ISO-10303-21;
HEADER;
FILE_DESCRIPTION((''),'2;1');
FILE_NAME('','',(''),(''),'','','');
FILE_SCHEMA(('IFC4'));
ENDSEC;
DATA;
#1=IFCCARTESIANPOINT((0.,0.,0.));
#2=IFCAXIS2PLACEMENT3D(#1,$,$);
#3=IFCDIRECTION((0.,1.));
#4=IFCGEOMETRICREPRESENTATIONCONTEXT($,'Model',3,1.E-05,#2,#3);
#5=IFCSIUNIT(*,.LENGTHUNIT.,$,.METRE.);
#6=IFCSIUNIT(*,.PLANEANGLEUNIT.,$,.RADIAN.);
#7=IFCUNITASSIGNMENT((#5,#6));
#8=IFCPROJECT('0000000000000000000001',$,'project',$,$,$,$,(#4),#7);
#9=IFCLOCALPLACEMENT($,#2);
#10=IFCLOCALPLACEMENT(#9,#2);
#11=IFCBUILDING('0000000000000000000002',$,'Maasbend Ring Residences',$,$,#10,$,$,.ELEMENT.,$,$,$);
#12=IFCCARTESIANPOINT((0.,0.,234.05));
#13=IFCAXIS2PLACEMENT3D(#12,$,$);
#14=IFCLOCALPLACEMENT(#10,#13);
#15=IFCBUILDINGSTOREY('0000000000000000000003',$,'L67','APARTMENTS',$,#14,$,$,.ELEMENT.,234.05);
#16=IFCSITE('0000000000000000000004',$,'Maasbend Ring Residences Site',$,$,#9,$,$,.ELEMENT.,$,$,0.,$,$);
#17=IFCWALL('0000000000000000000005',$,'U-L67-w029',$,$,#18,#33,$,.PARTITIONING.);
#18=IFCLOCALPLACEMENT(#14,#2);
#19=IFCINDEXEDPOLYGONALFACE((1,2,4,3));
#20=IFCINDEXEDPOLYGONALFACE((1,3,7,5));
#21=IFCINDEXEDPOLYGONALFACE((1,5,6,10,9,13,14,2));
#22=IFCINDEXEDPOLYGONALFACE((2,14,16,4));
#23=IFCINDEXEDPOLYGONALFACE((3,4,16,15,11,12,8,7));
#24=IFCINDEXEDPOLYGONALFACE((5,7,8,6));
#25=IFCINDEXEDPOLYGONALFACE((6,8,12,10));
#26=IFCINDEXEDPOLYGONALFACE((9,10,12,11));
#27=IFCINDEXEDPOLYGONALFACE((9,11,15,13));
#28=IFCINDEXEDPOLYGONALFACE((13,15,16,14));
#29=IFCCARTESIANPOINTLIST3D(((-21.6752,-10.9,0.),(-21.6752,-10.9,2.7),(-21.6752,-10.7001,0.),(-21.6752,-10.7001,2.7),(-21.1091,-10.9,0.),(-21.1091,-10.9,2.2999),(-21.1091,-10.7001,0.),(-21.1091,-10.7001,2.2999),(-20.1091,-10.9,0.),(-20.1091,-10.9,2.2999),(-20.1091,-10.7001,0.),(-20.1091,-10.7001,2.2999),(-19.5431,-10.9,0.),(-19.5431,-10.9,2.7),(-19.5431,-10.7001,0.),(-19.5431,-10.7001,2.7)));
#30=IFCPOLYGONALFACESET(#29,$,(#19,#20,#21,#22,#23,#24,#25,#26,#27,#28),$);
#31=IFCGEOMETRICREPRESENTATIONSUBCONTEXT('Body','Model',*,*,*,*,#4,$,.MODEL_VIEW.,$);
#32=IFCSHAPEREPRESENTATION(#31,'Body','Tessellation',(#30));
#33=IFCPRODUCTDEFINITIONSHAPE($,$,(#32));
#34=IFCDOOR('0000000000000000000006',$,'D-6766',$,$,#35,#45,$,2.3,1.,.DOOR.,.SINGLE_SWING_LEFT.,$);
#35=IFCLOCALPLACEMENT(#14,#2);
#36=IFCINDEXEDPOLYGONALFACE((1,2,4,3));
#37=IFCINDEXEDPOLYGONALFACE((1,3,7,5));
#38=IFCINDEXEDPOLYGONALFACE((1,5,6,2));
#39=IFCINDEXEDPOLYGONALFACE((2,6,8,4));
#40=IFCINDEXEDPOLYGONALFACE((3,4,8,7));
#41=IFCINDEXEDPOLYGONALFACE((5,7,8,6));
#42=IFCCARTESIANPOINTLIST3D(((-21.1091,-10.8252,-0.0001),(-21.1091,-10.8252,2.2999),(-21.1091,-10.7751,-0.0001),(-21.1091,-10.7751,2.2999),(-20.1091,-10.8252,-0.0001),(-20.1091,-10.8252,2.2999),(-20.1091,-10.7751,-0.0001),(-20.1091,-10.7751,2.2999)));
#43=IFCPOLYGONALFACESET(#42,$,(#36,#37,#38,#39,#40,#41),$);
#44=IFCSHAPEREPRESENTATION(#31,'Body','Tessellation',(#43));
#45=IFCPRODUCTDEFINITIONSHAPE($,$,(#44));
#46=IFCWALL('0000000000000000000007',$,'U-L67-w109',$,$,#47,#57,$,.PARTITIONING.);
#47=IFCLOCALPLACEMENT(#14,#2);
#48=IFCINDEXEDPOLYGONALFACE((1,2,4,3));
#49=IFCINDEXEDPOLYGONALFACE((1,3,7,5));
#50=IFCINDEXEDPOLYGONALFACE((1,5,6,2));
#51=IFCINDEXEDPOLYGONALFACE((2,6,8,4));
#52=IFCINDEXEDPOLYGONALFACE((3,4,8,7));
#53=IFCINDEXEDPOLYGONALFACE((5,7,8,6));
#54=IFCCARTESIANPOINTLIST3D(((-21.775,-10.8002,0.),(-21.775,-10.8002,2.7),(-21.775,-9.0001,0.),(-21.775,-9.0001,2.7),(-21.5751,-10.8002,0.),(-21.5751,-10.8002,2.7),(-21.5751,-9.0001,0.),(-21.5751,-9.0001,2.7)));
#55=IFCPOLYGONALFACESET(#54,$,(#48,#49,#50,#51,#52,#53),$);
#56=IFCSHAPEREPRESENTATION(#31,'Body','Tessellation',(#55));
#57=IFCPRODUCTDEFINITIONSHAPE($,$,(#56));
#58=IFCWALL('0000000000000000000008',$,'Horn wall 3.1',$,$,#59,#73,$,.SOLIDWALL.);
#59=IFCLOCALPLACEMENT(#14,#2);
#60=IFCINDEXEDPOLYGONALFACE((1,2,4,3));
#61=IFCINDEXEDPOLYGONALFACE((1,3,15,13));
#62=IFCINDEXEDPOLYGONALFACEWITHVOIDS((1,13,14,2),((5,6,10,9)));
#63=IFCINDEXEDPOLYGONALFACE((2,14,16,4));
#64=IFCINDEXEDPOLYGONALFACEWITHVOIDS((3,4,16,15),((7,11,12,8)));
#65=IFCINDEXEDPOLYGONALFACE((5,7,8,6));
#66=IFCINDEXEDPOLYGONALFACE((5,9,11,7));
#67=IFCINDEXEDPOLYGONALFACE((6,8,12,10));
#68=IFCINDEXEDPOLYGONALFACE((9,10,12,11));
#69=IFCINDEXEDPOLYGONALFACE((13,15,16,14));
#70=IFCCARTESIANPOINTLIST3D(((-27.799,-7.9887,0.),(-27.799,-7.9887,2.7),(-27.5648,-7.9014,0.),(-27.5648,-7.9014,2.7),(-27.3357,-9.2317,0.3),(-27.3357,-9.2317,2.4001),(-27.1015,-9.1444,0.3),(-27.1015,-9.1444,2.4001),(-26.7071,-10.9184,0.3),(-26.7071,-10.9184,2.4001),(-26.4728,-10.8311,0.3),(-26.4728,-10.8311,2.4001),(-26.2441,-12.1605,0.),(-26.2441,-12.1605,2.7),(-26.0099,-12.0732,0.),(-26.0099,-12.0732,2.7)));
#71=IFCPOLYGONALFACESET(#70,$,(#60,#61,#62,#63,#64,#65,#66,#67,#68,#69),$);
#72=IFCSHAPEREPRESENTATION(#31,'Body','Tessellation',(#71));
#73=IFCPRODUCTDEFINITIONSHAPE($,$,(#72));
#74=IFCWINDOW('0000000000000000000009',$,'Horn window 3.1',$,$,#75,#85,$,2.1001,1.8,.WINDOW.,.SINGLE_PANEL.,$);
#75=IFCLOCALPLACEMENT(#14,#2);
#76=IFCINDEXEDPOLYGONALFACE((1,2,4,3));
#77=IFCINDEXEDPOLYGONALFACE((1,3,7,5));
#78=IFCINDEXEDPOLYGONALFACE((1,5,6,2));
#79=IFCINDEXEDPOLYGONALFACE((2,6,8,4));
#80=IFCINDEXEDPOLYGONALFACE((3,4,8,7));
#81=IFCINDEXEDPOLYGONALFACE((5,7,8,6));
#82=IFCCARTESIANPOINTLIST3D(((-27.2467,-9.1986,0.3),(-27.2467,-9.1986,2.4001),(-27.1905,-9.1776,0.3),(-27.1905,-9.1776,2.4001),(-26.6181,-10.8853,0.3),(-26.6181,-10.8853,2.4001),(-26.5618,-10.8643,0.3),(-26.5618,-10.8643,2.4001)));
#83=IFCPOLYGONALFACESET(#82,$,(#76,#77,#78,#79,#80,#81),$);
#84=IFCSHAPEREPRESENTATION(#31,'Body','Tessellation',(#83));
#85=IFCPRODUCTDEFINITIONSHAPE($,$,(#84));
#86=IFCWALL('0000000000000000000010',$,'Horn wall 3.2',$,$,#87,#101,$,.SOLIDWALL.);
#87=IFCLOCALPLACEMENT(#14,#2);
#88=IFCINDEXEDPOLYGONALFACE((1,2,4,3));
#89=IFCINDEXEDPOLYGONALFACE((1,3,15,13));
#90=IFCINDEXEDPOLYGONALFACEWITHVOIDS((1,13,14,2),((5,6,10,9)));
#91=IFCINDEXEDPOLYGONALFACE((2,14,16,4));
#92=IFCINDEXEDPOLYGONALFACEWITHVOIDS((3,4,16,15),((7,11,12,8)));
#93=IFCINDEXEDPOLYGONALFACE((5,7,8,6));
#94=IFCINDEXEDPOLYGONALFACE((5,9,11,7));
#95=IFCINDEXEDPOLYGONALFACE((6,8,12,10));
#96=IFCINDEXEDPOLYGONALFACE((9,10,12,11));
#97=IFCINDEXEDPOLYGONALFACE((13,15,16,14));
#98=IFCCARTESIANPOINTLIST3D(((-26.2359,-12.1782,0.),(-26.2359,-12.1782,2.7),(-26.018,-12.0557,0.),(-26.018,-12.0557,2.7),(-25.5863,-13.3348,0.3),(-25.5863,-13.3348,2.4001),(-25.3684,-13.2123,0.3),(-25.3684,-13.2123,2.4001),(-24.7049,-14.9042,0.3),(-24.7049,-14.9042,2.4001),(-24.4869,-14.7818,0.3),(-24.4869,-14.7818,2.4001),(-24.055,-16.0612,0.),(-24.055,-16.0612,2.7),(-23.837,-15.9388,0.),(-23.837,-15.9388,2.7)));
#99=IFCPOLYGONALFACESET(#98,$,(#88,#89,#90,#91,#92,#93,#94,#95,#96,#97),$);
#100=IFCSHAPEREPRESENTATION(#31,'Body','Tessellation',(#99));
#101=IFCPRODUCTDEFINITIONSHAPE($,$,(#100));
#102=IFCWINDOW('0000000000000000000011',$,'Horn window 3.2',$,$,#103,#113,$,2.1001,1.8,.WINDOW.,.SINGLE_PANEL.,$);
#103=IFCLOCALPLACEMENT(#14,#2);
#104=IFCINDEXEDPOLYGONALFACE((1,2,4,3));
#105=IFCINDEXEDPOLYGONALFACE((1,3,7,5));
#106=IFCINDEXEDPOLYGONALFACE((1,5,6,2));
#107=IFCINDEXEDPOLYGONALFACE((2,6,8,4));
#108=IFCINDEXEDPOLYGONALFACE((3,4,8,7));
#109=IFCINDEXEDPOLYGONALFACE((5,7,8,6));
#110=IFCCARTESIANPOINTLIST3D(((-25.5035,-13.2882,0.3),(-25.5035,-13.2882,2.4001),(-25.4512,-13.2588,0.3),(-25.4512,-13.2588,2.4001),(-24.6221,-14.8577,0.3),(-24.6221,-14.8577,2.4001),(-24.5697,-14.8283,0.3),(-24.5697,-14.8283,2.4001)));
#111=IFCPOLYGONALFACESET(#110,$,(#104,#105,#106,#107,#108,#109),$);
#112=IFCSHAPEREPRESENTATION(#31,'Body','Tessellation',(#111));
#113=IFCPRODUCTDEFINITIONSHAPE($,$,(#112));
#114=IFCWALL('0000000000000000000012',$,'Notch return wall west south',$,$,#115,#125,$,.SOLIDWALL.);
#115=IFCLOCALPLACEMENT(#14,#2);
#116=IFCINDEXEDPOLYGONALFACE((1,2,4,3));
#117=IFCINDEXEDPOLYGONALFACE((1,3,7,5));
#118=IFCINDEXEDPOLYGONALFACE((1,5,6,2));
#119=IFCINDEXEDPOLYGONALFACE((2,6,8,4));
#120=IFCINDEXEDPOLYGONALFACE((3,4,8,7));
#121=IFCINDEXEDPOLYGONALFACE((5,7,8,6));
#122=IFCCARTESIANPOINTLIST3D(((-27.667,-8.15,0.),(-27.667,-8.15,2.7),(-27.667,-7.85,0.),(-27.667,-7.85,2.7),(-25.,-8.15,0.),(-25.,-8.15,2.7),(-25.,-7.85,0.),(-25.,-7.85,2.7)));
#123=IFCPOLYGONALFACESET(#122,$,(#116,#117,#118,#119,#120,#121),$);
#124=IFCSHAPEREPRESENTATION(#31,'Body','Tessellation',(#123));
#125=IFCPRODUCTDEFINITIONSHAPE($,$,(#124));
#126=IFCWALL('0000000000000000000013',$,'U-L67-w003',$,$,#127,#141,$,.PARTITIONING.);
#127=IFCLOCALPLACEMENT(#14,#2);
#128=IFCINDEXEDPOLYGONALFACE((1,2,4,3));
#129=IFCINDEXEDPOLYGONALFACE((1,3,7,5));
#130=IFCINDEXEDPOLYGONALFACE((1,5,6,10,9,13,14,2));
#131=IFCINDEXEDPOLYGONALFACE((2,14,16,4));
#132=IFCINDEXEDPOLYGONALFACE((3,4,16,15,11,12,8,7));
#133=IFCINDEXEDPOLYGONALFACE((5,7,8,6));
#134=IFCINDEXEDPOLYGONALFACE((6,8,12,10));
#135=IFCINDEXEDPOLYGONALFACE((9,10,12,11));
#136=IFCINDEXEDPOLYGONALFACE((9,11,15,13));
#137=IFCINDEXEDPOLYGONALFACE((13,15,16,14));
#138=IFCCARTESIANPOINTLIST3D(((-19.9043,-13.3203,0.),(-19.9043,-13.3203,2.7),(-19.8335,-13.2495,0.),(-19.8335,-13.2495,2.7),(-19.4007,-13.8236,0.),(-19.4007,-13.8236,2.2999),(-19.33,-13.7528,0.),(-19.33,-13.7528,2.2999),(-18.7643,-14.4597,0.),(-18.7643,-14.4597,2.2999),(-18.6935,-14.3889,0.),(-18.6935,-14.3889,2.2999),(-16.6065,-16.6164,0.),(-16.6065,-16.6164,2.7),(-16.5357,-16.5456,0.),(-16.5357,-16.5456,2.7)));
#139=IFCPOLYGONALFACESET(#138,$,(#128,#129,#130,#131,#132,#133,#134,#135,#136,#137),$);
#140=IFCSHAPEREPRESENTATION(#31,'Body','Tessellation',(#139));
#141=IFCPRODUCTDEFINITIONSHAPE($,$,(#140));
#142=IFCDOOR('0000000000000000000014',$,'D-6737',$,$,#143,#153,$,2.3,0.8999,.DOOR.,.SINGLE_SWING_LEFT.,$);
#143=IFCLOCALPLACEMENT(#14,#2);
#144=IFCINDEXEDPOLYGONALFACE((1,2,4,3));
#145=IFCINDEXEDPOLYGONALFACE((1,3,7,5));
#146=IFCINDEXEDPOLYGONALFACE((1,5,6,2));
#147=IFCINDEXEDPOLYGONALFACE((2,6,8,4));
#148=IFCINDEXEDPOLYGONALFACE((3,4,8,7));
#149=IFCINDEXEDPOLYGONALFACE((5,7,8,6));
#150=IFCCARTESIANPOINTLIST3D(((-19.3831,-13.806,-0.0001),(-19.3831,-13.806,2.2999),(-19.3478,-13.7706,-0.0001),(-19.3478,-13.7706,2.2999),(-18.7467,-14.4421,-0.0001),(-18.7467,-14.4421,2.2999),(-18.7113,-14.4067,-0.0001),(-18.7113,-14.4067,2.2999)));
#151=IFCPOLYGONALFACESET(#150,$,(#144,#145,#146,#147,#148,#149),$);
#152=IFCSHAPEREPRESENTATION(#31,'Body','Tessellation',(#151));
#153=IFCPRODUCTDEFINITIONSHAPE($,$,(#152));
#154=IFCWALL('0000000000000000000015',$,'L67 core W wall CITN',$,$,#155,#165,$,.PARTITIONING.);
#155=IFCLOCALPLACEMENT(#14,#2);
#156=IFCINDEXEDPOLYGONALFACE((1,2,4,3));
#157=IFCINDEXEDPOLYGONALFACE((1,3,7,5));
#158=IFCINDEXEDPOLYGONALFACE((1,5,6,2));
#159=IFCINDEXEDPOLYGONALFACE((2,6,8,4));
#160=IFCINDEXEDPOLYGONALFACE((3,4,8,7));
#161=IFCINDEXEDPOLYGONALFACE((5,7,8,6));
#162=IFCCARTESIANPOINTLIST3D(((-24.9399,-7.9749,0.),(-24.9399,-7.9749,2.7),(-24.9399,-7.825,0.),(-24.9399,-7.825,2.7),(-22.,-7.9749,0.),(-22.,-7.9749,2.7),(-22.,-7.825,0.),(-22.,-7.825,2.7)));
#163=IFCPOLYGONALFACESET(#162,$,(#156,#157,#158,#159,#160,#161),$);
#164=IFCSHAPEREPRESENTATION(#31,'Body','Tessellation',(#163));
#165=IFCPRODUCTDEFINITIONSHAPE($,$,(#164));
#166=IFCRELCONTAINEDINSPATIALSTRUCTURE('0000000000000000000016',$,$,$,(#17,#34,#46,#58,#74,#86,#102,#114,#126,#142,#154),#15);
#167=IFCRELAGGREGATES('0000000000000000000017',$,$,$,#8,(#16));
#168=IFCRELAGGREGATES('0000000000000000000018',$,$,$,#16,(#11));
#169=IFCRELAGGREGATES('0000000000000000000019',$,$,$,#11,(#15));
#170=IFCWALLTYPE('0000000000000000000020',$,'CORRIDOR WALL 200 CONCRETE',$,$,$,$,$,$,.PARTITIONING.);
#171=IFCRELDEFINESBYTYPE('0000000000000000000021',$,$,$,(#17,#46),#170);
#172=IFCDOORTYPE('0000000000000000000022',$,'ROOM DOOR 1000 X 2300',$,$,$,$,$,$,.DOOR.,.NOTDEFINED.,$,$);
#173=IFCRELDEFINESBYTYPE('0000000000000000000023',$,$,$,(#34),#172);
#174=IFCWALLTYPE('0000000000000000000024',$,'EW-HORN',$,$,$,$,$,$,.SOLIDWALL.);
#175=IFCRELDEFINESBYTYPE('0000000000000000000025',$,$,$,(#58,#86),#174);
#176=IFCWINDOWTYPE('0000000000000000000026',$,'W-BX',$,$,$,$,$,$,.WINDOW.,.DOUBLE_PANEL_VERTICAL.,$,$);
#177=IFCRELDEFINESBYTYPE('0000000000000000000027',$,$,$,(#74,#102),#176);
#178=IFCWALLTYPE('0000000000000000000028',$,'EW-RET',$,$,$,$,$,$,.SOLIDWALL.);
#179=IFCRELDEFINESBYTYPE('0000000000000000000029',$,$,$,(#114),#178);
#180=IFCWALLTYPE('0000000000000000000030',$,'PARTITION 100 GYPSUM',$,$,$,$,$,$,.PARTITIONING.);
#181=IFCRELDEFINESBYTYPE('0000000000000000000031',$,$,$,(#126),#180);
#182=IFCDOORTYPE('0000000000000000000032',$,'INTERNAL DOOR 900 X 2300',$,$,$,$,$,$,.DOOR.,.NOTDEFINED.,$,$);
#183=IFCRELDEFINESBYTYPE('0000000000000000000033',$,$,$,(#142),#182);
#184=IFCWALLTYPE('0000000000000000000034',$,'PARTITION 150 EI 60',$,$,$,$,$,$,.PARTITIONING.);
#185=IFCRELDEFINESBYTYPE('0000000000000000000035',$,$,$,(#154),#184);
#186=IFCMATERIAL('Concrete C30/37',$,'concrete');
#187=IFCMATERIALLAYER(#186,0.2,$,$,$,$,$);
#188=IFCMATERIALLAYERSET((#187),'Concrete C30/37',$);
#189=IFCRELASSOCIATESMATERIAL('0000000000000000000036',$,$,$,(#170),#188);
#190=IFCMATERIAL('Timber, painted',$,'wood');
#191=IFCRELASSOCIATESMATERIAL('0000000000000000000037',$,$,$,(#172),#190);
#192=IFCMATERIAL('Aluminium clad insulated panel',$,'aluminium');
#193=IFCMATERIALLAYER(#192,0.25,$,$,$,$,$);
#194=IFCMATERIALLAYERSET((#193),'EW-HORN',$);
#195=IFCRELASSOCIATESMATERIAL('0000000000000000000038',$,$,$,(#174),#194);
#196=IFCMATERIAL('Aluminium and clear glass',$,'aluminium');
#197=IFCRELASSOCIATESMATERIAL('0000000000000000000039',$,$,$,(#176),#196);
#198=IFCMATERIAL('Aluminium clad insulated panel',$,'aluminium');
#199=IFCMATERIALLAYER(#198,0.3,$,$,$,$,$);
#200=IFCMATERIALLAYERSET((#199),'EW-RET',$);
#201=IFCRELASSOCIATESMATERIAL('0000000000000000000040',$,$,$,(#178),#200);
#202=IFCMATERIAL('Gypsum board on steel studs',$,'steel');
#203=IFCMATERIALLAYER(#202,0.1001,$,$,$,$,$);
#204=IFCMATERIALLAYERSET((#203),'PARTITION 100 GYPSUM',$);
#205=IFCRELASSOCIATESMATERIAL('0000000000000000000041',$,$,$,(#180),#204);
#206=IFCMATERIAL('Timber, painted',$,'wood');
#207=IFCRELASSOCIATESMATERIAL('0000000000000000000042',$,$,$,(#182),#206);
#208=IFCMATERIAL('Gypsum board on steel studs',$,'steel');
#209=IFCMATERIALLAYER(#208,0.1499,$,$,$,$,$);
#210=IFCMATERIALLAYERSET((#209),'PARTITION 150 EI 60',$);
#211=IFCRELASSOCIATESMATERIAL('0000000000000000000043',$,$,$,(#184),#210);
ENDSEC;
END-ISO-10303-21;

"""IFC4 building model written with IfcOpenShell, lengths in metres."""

from ifc_helpers import new_model, si_unit, direction, frame, frame_2d, origin, place, context, subcontext, project, spatial, rectangle, extrude, material, layer, layer_set, type_object, element, fill, save


model = new_model("IFC4")

# Units and contexts
model_context = context("Model", 3, precision=1e-05, world=origin(), true_north=direction((0.0, 1.0)))
body_context = subcontext(model_context, "Body", "Model", "MODEL_VIEW")
ifc_project = project(units=[si_unit("LENGTHUNIT", "METRE"), si_unit("PLANEANGLEUNIT", "RADIAN")], contexts=[model_context])

# Site, building, storey
site_placement = place(None, origin())
site = spatial("IfcSite", under=ifc_project, at=site_placement, Name="Maasbend Ring Residences Site", CompositionType="ELEMENT", RefElevation=0.0)
building_placement = place(site_placement, origin())
building = spatial("IfcBuilding", under=site, at=building_placement, Name="Maasbend Ring Residences", CompositionType="ELEMENT")
storey_placement = place(building_placement, frame((0.0, 0.0, 234.05)))
storey = spatial("IfcBuildingStorey", under=building, at=storey_placement, Name="L67", Description="APARTMENTS", CompositionType="ELEMENT", Elevation=234.05)

# Shared definitions
ifc_material_1 = material(Name="Concrete C30/37", Category="concrete")
ifc_layer_1 = layer(ifc_material_1, 0.2)
ifc_layer_set_1 = layer_set([ifc_layer_1], Name="Concrete C30/37")
wall_type_1 = type_object("IfcWallType", Name="CORRIDOR WALL 200 CONCRETE", PredefinedType="PARTITIONING", material=ifc_layer_set_1)

# Wall, opening, door
wall_1_placement = place(storey_placement, frame((-21.675, -10.8, 0.0), z_axis=(0.0, 0.0, 1.0), x_axis=(1.0, 0.0, 0.0)))
wall_1 = element("IfcWall", 1, at=wall_1_placement, inside=storey, type_object=wall_type_1, Name="U-L67-w029", PredefinedType="PARTITIONING", context=body_context, shape_type="SweptSolid", body=[
    extrude(rectangle(XDim=2.1321, YDim=0.2, at=frame_2d((1.0659, 0.0))), origin(), (0.0, 0.0, 1.0), 2.7),
])
opening_1_placement = place(wall_1_placement, frame((0.5659, 0.0, 0.0)))
opening_1 = element("IfcOpeningElement", 2, at=opening_1_placement, cuts=wall_1, PredefinedType="OPENING", context=body_context, shape_type="SweptSolid", body=[
    extrude(rectangle(XDim=1.0, YDim=2.3, at=frame_2d((0.5, 1.1499))), frame((0.0, 0.1099, 0.0), z_axis=(0.0, -1.0, 0.0), x_axis=(1.0, 0.0, 0.0)), (0.0, 0.0, 1.0), 0.22),
])
ifc_material_2 = material(Name="Timber, painted", Category="wood")
door_type_1 = type_object("IfcDoorType", Name="ROOM DOOR 1000 X 2300", OperationType="NOTDEFINED", PredefinedType="DOOR", material=ifc_material_2)
door_1_placement = place(opening_1_placement, origin())
door_1 = element("IfcDoor", 3, at=door_1_placement, inside=storey, type_object=door_type_1, Name="D-6766", OperationType="SINGLE_SWING_LEFT", OverallHeight=2.3, OverallWidth=1.0, PredefinedType="DOOR", context=body_context, shape_type="SweptSolid", body=[
    extrude(rectangle(XDim=1.0, YDim=2.3, at=frame_2d((0.5, 1.1499))), frame((0.0, 0.0249, 0.0), z_axis=(0.0, -1.0, 0.0), x_axis=(1.0, 0.0, 0.0)), (0.0, 0.0, 1.0), 0.05),
])
fill(opening_1, door_1)

# Wall
wall_2_placement = place(storey_placement, frame((-21.675, -10.8, 0.0), z_axis=(0.0, 0.0, 1.0), x_axis=(0.0, 1.0, 0.0)))
element("IfcWall", 4, at=wall_2_placement, inside=storey, type_object=wall_type_1, Name="U-L67-w109", PredefinedType="PARTITIONING", context=body_context, shape_type="SweptSolid", body=[
    extrude(rectangle(XDim=1.8, YDim=0.2, at=frame_2d((0.8999, 0.0))), origin(), (0.0, 0.0, 1.0), 2.7),
])

# Walls, openings, windows
ifc_material_3 = material(Name="Aluminium clad insulated panel", Category="aluminium")
ifc_layer_2 = layer(ifc_material_3, 0.25)
ifc_layer_set_2 = layer_set([ifc_layer_2], Name="EW-HORN")
wall_type_2 = type_object("IfcWallType", Name="EW-HORN", PredefinedType="SOLIDWALL", material=ifc_layer_set_2)
wall_3_placement = place(storey_placement, frame((-27.6819, -7.9451, 0.0), z_axis=(0.0, 0.0, 1.0), x_axis=(0.349248, -0.93703, 0.0)))
wall_3 = element("IfcWall", 5, at=wall_3_placement, inside=storey, type_object=wall_type_2, Name="Horn wall 3.1", PredefinedType="SOLIDWALL", context=body_context, shape_type="SweptSolid", body=[
    extrude(rectangle(XDim=4.4521, YDim=0.25, at=frame_2d((2.2261, 0.0))), origin(), (0.0, 0.0, 1.0), 2.7),
])
opening_2_placement = place(wall_3_placement, frame((1.3267, 0.0, 0.3)))
opening_2 = element("IfcOpeningElement", 6, at=opening_2_placement, cuts=wall_3, PredefinedType="OPENING", context=body_context, shape_type="SweptSolid", body=[
    extrude(rectangle(XDim=1.8, YDim=2.1001, at=frame_2d((0.8999, 1.05))), frame((0.0, 0.135, 0.0), z_axis=(0.0, -1.0, 0.0), x_axis=(1.0, 0.0, 0.0)), (0.0, 0.0, 1.0), 0.27),
])
ifc_material_4 = material(Name="Aluminium and clear glass", Category="aluminium")
window_type = type_object("IfcWindowType", Name="W-BX", PartitioningType="DOUBLE_PANEL_VERTICAL", PredefinedType="WINDOW", material=ifc_material_4)
window_1_placement = place(opening_2_placement, origin())
window_1 = element("IfcWindow", 7, at=window_1_placement, inside=storey, type_object=window_type, Name="Horn window 3.1", OverallHeight=2.1001, OverallWidth=1.8, PartitioningType="SINGLE_PANEL", PredefinedType="WINDOW", context=body_context, shape_type="SweptSolid", body=[
    extrude(rectangle(XDim=1.8, YDim=2.1001, at=frame_2d((0.8999, 1.05))), frame((0.0, 0.03, 0.0), z_axis=(0.0, -1.0, 0.0), x_axis=(1.0, 0.0, 0.0)), (0.0, 0.0, 1.0), 0.0601),
])
fill(opening_2, window_1)
wall_4_placement = place(storey_placement, frame((-26.127, -12.1169, 0.0), z_axis=(0.0, 0.0, 1.0), x_axis=(0.489696, -0.871893, 0.0)))
wall_4 = element("IfcWall", 8, at=wall_4_placement, inside=storey, type_object=wall_type_2, Name="Horn wall 3.2", PredefinedType="SOLIDWALL", context=body_context, shape_type="SweptSolid", body=[
    extrude(rectangle(XDim=4.4536, YDim=0.25, at=frame_2d((2.2268, 0.0))), origin(), (0.0, 0.0, 1.0), 2.7),
])
opening_3_placement = place(wall_4_placement, frame((1.3267, 0.0, 0.3)))
opening_3 = element("IfcOpeningElement", 9, at=opening_3_placement, cuts=wall_4, PredefinedType="OPENING", context=body_context, shape_type="SweptSolid", body=[
    extrude(rectangle(XDim=1.8, YDim=2.1001, at=frame_2d((0.8999, 1.05))), frame((0.0, 0.135, 0.0), z_axis=(0.0, -1.0, 0.0), x_axis=(1.0, 0.0, 0.0)), (0.0, 0.0, 1.0), 0.27),
])
window_2_placement = place(opening_3_placement, origin())
window_2 = element("IfcWindow", 10, at=window_2_placement, inside=storey, type_object=window_type, Name="Horn window 3.2", OverallHeight=2.1001, OverallWidth=1.8, PartitioningType="SINGLE_PANEL", PredefinedType="WINDOW", context=body_context, shape_type="SweptSolid", body=[
    extrude(rectangle(XDim=1.8, YDim=2.1001, at=frame_2d((0.8999, 1.05))), frame((0.0, 0.03, 0.0), z_axis=(0.0, -1.0, 0.0), x_axis=(1.0, 0.0, 0.0)), (0.0, 0.0, 1.0), 0.0601),
])
fill(opening_3, window_2)

# Wall
ifc_material_5 = material(Name="Aluminium clad insulated panel", Category="aluminium")
ifc_layer_3 = layer(ifc_material_5, 0.3)
ifc_layer_set_3 = layer_set([ifc_layer_3], Name="EW-RET")
wall_type_3 = type_object("IfcWallType", Name="EW-RET", PredefinedType="SOLIDWALL", material=ifc_layer_set_3)
wall_5_placement = place(storey_placement, frame((-25.0, -8.0, 0.0), z_axis=(0.0, 0.0, 1.0), x_axis=(-1.0, 0.0, 0.0)))
element("IfcWall", 11, at=wall_5_placement, inside=storey, type_object=wall_type_3, Name="Notch return wall west south", PredefinedType="SOLIDWALL", context=body_context, shape_type="SweptSolid", body=[
    extrude(rectangle(XDim=2.667, YDim=0.3, at=frame_2d((1.3335, 0.0))), origin(), (0.0, 0.0, 1.0), 2.7),
])

# Wall, opening, door
ifc_material_6 = material(Name="Gypsum board on steel studs", Category="steel")
ifc_layer_4 = layer(ifc_material_6, 0.1001)
ifc_layer_set_4 = layer_set([ifc_layer_4], Name="PARTITION 100 GYPSUM")
wall_type_4 = type_object("IfcWallType", Name="PARTITION 100 GYPSUM", PredefinedType="PARTITIONING", material=ifc_layer_set_4)
wall_6_placement = place(storey_placement, frame((-19.8689, -13.2849, 0.0), z_axis=(0.0, 0.0, 1.0), x_axis=(0.70729, -0.706923, 0.0)))
wall_6 = element("IfcWall", 12, at=wall_6_placement, inside=storey, type_object=wall_type_4, Name="U-L67-w003", PredefinedType="PARTITIONING", context=body_context, shape_type="SweptSolid", body=[
    extrude(rectangle(XDim=4.6626, YDim=0.1001, at=frame_2d((2.3313, 0.0))), origin(), (0.0, 0.0, 1.0), 2.7),
])
opening_4_placement = place(wall_6_placement, frame((0.7119, 0.0, 0.0)))
opening_4 = element("IfcOpeningElement", 13, at=opening_4_placement, cuts=wall_6, PredefinedType="OPENING", context=body_context, shape_type="SweptSolid", body=[
    extrude(rectangle(XDim=0.8999, YDim=2.3, at=frame_2d((0.45, 1.1499))), frame((0.0, 0.0601, 0.0), z_axis=(0.0, -1.0, 0.0), x_axis=(1.0, 0.0, 0.0)), (0.0, 0.0, 1.0), 0.1201),
])
ifc_material_7 = material(Name="Timber, painted", Category="wood")
door_type_2 = type_object("IfcDoorType", Name="INTERNAL DOOR 900 X 2300", OperationType="NOTDEFINED", PredefinedType="DOOR", material=ifc_material_7)
door_2_placement = place(opening_4_placement, origin())
door_2 = element("IfcDoor", 14, at=door_2_placement, inside=storey, type_object=door_type_2, Name="D-6737", OperationType="SINGLE_SWING_LEFT", OverallHeight=2.3, OverallWidth=0.8999, PredefinedType="DOOR", context=body_context, shape_type="SweptSolid", body=[
    extrude(rectangle(XDim=0.8999, YDim=2.3, at=frame_2d((0.45, 1.1499))), frame((0.0, 0.0249, 0.0), z_axis=(0.0, -1.0, 0.0), x_axis=(1.0, 0.0, 0.0)), (0.0, 0.0, 1.0), 0.05),
])
fill(opening_4, door_2)

# Wall
ifc_material_8 = material(Name="Gypsum board on steel studs", Category="steel")
ifc_layer_5 = layer(ifc_material_8, 0.1499)
ifc_layer_set_5 = layer_set([ifc_layer_5], Name="PARTITION 150 EI 60")
wall_type_5 = type_object("IfcWallType", Name="PARTITION 150 EI 60", PredefinedType="PARTITIONING", material=ifc_layer_set_5)
wall_7_placement = place(storey_placement, frame((-22.0, -7.8999, 0.0), z_axis=(0.0, 0.0, 1.0), x_axis=(-1.0, 0.0, 0.0)))
element("IfcWall", 15, at=wall_7_placement, inside=storey, type_object=wall_type_5, Name="L67 core W wall CITN", PredefinedType="PARTITIONING", context=body_context, shape_type="SweptSolid", body=[
    extrude(rectangle(XDim=2.9399, YDim=0.1499, at=frame_2d((1.47, 0.0))), origin(), (0.0, 0.0, 1.0), 2.7),
])

save(model, "model.ifc")
